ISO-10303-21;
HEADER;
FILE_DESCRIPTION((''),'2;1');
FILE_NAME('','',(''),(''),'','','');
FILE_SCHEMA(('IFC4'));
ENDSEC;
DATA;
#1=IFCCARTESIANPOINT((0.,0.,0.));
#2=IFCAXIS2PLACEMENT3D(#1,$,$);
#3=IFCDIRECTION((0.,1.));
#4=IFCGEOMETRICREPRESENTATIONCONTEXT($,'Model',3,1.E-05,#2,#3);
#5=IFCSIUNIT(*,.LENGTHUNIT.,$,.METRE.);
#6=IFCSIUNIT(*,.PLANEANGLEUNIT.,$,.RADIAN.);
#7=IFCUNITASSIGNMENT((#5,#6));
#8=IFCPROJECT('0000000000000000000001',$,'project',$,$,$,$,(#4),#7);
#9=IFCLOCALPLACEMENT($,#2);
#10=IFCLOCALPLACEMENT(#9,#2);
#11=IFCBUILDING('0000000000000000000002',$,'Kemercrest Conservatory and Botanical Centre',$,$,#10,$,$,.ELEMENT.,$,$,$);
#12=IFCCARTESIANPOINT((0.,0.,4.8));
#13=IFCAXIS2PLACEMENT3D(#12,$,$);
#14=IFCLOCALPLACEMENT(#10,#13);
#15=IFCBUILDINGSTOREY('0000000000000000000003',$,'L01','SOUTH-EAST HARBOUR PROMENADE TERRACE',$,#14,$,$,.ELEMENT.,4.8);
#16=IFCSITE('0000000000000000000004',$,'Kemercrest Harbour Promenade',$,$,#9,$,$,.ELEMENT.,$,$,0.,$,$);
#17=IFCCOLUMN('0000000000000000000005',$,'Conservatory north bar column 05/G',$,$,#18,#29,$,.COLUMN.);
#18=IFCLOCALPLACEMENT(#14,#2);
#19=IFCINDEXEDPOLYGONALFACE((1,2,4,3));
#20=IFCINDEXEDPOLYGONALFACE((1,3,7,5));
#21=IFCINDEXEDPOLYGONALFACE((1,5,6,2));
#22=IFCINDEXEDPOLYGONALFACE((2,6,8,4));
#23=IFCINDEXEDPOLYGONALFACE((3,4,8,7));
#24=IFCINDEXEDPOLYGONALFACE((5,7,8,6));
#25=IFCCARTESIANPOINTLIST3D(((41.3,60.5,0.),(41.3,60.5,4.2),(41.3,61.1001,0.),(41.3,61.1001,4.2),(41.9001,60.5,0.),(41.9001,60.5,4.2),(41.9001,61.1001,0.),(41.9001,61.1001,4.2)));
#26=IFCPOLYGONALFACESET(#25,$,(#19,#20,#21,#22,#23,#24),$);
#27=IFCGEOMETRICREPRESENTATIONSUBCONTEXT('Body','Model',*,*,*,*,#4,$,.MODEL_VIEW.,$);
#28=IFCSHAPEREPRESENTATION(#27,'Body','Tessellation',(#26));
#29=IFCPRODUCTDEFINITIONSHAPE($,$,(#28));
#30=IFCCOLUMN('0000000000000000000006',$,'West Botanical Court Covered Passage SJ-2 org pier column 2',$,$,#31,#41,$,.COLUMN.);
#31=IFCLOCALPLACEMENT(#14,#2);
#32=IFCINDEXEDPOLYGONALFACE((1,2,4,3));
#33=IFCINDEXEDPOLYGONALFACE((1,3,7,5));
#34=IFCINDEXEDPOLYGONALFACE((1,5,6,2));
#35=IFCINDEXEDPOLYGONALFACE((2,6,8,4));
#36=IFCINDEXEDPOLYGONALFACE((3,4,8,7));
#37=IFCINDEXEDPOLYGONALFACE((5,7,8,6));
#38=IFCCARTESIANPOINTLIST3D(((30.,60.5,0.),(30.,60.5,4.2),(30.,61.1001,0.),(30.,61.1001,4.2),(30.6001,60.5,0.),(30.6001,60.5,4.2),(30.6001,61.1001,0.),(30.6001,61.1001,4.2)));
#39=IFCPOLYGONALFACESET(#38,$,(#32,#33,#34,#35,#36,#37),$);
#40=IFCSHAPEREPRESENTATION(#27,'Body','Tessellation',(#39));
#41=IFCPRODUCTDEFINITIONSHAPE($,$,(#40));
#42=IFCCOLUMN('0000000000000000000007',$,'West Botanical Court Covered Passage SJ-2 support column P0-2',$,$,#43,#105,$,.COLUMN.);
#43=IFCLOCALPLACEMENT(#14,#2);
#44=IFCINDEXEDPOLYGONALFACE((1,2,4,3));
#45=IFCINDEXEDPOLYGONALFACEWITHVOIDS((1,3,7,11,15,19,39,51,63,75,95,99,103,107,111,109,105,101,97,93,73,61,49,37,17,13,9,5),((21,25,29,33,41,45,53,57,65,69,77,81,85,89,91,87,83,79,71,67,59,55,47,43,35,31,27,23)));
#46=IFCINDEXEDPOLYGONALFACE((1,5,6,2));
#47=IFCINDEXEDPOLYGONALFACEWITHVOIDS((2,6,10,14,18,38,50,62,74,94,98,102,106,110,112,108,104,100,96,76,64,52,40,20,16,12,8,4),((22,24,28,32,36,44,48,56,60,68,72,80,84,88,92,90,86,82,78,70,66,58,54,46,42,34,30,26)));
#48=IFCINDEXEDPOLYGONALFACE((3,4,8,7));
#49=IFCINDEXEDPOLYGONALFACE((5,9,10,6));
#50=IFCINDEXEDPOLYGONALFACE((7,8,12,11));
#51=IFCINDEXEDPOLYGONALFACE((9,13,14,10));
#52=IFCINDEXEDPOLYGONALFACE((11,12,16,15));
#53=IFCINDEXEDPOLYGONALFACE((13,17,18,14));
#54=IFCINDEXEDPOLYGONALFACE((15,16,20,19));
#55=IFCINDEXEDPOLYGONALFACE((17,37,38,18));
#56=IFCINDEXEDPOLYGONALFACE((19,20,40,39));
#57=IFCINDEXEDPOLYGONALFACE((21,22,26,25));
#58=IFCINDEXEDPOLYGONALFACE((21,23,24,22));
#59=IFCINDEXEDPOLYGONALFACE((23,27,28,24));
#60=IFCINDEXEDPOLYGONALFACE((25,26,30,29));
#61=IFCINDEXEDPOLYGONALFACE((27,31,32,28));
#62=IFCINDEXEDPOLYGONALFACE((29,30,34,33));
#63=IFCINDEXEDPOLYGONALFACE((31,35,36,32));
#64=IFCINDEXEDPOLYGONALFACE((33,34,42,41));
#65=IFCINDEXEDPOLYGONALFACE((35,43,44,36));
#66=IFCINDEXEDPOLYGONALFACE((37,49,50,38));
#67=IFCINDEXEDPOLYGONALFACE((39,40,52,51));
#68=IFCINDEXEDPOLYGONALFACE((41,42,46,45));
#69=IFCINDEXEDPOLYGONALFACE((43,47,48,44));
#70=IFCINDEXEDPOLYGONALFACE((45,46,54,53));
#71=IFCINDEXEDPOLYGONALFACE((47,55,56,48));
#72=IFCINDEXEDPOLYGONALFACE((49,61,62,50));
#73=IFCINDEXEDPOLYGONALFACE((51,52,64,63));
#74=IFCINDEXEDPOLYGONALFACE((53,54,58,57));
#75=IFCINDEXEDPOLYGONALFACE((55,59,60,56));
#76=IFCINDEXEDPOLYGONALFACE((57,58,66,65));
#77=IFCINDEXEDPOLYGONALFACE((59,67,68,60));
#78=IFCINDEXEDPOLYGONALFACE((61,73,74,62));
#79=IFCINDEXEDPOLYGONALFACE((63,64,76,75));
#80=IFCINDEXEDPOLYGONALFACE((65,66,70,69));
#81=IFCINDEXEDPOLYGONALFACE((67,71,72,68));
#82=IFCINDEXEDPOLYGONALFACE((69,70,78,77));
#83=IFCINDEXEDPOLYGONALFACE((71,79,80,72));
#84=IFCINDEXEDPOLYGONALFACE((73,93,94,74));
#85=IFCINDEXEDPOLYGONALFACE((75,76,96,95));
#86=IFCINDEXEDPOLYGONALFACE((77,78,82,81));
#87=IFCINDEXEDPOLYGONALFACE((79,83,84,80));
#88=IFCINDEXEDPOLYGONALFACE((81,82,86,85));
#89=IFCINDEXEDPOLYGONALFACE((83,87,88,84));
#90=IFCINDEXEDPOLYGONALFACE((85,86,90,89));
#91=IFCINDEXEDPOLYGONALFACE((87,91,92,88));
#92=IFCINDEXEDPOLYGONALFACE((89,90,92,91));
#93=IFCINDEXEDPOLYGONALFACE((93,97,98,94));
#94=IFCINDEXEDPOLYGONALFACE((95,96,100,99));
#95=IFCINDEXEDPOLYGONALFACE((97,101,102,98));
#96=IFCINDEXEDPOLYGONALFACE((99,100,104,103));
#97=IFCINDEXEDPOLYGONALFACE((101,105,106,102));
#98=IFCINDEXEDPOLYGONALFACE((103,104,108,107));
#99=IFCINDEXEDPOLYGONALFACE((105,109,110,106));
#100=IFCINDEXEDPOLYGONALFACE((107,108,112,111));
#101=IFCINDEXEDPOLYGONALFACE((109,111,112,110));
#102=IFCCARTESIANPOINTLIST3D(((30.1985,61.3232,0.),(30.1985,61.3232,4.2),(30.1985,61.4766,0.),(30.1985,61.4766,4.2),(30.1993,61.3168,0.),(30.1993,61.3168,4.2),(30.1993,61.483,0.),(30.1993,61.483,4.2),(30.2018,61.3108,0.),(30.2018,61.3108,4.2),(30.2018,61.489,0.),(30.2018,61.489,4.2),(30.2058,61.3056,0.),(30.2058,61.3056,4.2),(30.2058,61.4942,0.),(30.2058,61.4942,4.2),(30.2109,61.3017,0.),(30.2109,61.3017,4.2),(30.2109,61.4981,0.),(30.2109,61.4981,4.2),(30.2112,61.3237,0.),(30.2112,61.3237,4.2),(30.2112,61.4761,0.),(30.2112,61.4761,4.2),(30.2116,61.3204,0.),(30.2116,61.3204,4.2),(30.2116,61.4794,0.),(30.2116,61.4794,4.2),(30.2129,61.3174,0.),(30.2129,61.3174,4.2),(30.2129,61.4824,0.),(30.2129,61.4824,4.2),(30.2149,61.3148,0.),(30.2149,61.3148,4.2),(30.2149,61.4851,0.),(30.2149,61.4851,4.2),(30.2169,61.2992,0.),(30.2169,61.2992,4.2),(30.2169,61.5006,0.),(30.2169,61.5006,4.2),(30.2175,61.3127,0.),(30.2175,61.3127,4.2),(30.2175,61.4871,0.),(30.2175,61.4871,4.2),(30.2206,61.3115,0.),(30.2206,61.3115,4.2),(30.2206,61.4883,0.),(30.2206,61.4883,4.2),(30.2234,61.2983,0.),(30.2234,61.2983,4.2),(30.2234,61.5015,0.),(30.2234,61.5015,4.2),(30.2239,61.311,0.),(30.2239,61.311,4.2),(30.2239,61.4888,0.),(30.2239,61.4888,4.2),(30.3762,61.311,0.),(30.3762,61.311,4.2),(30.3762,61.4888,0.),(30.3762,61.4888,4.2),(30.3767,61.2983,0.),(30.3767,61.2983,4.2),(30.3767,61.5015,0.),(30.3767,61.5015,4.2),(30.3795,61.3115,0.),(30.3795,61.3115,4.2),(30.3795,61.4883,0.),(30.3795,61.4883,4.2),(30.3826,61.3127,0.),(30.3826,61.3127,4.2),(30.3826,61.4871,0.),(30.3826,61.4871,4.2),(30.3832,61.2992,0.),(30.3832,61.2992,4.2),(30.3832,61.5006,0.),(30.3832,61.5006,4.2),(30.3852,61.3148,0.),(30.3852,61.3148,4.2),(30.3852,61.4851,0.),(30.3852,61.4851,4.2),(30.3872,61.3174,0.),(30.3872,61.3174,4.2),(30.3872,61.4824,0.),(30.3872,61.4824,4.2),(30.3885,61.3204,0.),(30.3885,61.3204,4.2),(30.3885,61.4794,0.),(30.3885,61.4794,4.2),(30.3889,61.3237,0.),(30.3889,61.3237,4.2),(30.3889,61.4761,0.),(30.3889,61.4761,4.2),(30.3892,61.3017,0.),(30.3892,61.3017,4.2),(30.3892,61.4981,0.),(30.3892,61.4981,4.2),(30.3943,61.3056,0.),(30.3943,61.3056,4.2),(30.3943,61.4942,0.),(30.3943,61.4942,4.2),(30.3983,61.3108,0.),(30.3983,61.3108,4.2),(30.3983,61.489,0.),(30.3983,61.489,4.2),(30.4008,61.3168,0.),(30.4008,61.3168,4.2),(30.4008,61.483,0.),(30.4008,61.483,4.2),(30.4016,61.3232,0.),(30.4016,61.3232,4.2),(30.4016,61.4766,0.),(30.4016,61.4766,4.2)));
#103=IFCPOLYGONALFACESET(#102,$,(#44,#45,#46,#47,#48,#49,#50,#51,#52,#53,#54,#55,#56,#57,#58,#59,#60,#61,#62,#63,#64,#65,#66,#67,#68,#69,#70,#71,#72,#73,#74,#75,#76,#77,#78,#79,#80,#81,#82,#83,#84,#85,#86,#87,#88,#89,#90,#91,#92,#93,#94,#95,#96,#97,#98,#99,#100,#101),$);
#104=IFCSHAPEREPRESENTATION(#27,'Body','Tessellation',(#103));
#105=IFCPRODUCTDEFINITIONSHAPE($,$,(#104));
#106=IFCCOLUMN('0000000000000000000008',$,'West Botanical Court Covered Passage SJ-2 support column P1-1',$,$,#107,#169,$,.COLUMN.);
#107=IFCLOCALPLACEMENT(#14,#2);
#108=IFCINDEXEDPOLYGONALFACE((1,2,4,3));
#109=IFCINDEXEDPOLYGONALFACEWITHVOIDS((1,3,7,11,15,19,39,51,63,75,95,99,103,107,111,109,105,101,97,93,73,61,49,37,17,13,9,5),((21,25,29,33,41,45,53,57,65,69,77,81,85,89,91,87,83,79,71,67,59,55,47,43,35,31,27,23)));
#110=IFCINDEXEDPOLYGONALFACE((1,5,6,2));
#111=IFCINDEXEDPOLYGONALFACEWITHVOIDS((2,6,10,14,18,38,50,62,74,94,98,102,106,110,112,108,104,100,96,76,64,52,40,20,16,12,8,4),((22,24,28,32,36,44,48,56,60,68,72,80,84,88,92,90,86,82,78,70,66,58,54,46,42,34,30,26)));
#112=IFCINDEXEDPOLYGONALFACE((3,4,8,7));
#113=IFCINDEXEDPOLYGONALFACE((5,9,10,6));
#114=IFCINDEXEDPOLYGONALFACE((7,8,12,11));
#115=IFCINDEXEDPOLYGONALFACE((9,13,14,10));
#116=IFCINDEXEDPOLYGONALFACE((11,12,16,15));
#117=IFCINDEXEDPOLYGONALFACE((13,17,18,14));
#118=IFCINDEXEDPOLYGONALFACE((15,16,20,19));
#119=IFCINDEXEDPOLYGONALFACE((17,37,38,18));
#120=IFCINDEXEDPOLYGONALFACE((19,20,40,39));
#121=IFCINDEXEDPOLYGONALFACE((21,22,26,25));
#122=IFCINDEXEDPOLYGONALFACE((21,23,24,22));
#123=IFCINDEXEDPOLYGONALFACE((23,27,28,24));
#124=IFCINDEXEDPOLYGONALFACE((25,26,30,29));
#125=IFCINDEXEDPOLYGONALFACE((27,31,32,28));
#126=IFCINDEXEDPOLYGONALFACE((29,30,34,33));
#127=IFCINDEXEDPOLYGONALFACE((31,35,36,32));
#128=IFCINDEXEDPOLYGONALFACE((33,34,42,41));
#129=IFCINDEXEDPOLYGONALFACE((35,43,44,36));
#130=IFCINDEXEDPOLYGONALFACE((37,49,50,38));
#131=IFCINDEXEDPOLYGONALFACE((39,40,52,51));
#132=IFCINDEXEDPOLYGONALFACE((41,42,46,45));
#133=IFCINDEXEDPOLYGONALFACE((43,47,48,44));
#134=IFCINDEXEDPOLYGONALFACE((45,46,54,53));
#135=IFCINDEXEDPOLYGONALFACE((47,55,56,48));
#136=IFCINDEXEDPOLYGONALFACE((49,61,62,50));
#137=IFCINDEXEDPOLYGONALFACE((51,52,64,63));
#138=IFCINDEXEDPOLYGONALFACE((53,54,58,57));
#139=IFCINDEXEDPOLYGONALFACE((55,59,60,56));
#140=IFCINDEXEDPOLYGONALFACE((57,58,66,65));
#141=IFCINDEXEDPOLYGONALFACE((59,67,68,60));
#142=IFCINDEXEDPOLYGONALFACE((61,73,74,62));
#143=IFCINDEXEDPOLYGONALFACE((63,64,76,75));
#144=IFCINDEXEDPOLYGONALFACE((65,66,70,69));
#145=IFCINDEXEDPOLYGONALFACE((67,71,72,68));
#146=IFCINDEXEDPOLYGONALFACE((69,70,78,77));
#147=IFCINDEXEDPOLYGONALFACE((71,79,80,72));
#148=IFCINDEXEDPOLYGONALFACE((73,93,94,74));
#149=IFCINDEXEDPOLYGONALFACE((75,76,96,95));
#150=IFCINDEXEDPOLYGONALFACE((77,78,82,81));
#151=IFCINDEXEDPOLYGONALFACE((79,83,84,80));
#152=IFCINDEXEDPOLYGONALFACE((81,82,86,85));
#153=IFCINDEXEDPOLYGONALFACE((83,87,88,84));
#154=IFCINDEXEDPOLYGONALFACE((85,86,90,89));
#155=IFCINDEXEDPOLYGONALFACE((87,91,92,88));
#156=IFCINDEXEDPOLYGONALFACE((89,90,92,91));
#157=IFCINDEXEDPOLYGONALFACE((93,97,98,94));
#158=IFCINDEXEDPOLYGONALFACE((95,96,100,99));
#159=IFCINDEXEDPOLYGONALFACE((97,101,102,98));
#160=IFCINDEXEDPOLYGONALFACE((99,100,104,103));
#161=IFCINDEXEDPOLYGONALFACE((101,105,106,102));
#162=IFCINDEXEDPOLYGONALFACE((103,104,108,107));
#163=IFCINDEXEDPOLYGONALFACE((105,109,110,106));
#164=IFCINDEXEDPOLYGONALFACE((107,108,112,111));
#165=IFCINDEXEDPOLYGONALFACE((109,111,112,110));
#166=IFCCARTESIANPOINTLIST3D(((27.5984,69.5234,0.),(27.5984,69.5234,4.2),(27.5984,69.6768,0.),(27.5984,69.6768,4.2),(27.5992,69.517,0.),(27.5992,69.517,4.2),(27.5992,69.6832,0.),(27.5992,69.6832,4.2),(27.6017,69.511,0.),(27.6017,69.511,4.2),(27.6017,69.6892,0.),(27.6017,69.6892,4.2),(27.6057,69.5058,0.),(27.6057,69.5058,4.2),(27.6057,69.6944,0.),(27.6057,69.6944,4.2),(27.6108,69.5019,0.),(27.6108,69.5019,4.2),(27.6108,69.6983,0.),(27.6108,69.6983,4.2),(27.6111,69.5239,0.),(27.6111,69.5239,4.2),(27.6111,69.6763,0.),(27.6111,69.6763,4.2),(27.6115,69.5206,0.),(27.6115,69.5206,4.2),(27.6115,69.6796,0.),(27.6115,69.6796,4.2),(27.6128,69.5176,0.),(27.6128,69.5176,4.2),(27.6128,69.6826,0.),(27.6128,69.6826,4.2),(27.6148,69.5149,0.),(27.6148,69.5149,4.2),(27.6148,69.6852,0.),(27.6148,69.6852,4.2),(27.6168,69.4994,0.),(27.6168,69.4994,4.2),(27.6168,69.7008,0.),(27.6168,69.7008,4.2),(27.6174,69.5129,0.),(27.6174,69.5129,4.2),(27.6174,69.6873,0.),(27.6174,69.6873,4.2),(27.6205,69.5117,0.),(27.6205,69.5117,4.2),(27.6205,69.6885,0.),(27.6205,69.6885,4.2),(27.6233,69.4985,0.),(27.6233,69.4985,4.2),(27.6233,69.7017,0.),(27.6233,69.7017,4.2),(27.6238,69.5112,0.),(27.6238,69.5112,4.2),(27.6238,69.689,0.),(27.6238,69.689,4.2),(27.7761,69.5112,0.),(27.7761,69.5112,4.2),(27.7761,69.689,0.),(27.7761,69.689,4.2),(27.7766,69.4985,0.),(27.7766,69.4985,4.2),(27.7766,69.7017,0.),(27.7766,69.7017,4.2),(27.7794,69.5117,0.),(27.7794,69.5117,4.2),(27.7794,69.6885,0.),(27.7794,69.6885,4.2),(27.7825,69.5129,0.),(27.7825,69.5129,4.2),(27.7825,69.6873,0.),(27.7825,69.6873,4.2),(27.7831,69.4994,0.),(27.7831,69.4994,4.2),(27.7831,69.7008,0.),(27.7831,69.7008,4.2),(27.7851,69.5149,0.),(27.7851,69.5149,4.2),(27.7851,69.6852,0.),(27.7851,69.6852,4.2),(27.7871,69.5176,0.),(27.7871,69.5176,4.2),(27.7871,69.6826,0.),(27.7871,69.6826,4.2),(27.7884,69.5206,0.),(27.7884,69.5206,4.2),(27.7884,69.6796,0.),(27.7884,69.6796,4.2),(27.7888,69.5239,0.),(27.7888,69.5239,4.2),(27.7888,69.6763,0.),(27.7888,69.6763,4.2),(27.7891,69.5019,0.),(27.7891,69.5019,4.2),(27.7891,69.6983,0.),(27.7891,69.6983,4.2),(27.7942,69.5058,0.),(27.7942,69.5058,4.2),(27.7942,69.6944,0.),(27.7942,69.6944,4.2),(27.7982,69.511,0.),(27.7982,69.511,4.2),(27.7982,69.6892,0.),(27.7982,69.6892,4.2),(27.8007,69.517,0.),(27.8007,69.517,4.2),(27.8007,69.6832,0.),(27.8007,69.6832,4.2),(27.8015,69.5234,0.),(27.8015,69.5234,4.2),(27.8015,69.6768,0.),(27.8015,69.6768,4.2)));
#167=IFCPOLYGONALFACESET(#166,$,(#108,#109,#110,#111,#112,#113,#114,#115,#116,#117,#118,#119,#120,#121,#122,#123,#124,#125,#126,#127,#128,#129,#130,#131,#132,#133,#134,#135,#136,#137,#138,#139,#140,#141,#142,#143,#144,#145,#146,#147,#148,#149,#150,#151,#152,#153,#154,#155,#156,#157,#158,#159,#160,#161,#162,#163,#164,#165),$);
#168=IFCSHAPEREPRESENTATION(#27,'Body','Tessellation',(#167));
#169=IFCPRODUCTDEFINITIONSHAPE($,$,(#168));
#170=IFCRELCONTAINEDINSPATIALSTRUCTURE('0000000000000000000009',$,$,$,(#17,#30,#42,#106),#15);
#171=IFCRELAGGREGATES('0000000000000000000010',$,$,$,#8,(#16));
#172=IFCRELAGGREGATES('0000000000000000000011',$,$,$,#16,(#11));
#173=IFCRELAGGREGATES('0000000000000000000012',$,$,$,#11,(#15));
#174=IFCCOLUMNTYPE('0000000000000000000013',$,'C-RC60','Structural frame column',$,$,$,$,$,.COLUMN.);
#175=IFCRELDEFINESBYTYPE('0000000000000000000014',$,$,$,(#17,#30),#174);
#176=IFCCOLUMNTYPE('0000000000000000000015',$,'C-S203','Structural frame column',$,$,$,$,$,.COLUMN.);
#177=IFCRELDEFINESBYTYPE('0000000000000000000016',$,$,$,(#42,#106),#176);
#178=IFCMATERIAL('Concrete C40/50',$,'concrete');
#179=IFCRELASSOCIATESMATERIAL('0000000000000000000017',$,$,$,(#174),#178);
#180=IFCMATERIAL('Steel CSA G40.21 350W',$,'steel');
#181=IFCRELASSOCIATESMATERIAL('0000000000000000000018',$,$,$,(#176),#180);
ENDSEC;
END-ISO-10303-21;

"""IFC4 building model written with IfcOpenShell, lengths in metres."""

from ifc_helpers import new_model, si_unit, direction, frame, origin, origin_2d, place, context, subcontext, project, spatial, rectangle, hollow_rectangle, extrude, material, material_profile, profile_set, type_object, element, save


model = new_model("IFC4")

# Units and contexts
model_context = context("Model", 3, precision=1e-05, world=origin(), true_north=direction((0.0, 1.0)))
body_context = subcontext(model_context, "Body", "Model", "MODEL_VIEW")
ifc_project = project(units=[si_unit("LENGTHUNIT", "METRE"), si_unit("PLANEANGLEUNIT", "RADIAN")], contexts=[model_context])

# Site, building, storey
site_placement = place(None, origin())
site = spatial("IfcSite", under=ifc_project, at=site_placement, Name="Kemercrest Harbour Promenade", CompositionType="ELEMENT", RefElevation=0.0)
building_placement = place(site_placement, origin())
building = spatial("IfcBuilding", under=site, at=building_placement, Name="Kemercrest Conservatory and Botanical Centre", CompositionType="ELEMENT")
storey_placement = place(building_placement, frame((0.0, 0.0, 4.8)))
storey = spatial("IfcBuildingStorey", under=building, at=storey_placement, Name="L01", Description="SOUTH-EAST HARBOUR PROMENADE TERRACE", CompositionType="ELEMENT", Elevation=4.8)

# Columns
ifc_material_1 = material(Name="Concrete C40/50", Category="concrete")
ifc_material_profile_1 = material_profile(ifc_material_1, rectangle(XDim=0.6001, YDim=0.6001, at=origin_2d()), Name="RC 600x600")
ifc_profile_set_1 = profile_set([ifc_material_profile_1], Name="Concrete C40/50")
column_type_1 = type_object("IfcColumnType", Name="C-RC60", Description="Structural frame column", PredefinedType="COLUMN", material=ifc_profile_set_1)
for number, where, z_axis, x_axis, name in (
    (1, (41.6001, 60.8, 0.0), (0.0, 0.0, 1.0), (1.0, 0.0, 0.0), "Conservatory north bar column 05/G"),
    (2, (30.3, 60.8, 0.0), (0.0, 0.0, 1.0), (1.0, 0.0, 0.0), "West Botanical Court Covered Passage SJ-2 org pier column 2"),
):
    element("IfcColumn", number, at=place(storey_placement, frame(where, z_axis=z_axis, x_axis=x_axis)), inside=storey, type_object=column_type_1, Name=name, PredefinedType="COLUMN", context=body_context, shape_type="SweptSolid", body=[
        extrude(rectangle(XDim=0.6001, YDim=0.6001, at=origin_2d()), origin(), (0.0, 0.0, 1.0), 4.2),
    ])
ifc_material_2 = material(Name="Steel CSA G40.21 350W", Category="steel")
ifc_material_profile_2 = material_profile(ifc_material_2, hollow_rectangle(XDim=0.2031, YDim=0.2031, WallThickness=0.0127, InnerFilletRadius=0.0127, OuterFilletRadius=0.0249, at=origin_2d()), Name="HSS 203x203x12.7")
ifc_profile_set_2 = profile_set([ifc_material_profile_2], Name="Steel CSA G40.21 350W")
column_type_2 = type_object("IfcColumnType", Name="C-S203", Description="Structural frame column", PredefinedType="COLUMN", material=ifc_profile_set_2)
for number, where, z_axis, x_axis, name in (
    (3, (30.3, 61.3999, 0.0), (0.0, 0.0, 1.0), (1.0, 0.0, 0.0), "West Botanical Court Covered Passage SJ-2 support column P0-2"),
    (4, (27.7, 69.6001, 0.0), (0.0, 0.0, 1.0), (1.0, 0.0, 0.0), "West Botanical Court Covered Passage SJ-2 support column P1-1"),
):
    element("IfcColumn", number, at=place(storey_placement, frame(where, z_axis=z_axis, x_axis=x_axis)), inside=storey, type_object=column_type_2, Name=name, PredefinedType="COLUMN", context=body_context, shape_type="SweptSolid", body=[
        extrude(hollow_rectangle(XDim=0.2031, YDim=0.2031, WallThickness=0.0127, InnerFilletRadius=0.0127, OuterFilletRadius=0.0249, at=origin_2d()), origin(), (0.0, 0.0, 1.0), 4.2),
    ])

save(model, "model.ifc")
